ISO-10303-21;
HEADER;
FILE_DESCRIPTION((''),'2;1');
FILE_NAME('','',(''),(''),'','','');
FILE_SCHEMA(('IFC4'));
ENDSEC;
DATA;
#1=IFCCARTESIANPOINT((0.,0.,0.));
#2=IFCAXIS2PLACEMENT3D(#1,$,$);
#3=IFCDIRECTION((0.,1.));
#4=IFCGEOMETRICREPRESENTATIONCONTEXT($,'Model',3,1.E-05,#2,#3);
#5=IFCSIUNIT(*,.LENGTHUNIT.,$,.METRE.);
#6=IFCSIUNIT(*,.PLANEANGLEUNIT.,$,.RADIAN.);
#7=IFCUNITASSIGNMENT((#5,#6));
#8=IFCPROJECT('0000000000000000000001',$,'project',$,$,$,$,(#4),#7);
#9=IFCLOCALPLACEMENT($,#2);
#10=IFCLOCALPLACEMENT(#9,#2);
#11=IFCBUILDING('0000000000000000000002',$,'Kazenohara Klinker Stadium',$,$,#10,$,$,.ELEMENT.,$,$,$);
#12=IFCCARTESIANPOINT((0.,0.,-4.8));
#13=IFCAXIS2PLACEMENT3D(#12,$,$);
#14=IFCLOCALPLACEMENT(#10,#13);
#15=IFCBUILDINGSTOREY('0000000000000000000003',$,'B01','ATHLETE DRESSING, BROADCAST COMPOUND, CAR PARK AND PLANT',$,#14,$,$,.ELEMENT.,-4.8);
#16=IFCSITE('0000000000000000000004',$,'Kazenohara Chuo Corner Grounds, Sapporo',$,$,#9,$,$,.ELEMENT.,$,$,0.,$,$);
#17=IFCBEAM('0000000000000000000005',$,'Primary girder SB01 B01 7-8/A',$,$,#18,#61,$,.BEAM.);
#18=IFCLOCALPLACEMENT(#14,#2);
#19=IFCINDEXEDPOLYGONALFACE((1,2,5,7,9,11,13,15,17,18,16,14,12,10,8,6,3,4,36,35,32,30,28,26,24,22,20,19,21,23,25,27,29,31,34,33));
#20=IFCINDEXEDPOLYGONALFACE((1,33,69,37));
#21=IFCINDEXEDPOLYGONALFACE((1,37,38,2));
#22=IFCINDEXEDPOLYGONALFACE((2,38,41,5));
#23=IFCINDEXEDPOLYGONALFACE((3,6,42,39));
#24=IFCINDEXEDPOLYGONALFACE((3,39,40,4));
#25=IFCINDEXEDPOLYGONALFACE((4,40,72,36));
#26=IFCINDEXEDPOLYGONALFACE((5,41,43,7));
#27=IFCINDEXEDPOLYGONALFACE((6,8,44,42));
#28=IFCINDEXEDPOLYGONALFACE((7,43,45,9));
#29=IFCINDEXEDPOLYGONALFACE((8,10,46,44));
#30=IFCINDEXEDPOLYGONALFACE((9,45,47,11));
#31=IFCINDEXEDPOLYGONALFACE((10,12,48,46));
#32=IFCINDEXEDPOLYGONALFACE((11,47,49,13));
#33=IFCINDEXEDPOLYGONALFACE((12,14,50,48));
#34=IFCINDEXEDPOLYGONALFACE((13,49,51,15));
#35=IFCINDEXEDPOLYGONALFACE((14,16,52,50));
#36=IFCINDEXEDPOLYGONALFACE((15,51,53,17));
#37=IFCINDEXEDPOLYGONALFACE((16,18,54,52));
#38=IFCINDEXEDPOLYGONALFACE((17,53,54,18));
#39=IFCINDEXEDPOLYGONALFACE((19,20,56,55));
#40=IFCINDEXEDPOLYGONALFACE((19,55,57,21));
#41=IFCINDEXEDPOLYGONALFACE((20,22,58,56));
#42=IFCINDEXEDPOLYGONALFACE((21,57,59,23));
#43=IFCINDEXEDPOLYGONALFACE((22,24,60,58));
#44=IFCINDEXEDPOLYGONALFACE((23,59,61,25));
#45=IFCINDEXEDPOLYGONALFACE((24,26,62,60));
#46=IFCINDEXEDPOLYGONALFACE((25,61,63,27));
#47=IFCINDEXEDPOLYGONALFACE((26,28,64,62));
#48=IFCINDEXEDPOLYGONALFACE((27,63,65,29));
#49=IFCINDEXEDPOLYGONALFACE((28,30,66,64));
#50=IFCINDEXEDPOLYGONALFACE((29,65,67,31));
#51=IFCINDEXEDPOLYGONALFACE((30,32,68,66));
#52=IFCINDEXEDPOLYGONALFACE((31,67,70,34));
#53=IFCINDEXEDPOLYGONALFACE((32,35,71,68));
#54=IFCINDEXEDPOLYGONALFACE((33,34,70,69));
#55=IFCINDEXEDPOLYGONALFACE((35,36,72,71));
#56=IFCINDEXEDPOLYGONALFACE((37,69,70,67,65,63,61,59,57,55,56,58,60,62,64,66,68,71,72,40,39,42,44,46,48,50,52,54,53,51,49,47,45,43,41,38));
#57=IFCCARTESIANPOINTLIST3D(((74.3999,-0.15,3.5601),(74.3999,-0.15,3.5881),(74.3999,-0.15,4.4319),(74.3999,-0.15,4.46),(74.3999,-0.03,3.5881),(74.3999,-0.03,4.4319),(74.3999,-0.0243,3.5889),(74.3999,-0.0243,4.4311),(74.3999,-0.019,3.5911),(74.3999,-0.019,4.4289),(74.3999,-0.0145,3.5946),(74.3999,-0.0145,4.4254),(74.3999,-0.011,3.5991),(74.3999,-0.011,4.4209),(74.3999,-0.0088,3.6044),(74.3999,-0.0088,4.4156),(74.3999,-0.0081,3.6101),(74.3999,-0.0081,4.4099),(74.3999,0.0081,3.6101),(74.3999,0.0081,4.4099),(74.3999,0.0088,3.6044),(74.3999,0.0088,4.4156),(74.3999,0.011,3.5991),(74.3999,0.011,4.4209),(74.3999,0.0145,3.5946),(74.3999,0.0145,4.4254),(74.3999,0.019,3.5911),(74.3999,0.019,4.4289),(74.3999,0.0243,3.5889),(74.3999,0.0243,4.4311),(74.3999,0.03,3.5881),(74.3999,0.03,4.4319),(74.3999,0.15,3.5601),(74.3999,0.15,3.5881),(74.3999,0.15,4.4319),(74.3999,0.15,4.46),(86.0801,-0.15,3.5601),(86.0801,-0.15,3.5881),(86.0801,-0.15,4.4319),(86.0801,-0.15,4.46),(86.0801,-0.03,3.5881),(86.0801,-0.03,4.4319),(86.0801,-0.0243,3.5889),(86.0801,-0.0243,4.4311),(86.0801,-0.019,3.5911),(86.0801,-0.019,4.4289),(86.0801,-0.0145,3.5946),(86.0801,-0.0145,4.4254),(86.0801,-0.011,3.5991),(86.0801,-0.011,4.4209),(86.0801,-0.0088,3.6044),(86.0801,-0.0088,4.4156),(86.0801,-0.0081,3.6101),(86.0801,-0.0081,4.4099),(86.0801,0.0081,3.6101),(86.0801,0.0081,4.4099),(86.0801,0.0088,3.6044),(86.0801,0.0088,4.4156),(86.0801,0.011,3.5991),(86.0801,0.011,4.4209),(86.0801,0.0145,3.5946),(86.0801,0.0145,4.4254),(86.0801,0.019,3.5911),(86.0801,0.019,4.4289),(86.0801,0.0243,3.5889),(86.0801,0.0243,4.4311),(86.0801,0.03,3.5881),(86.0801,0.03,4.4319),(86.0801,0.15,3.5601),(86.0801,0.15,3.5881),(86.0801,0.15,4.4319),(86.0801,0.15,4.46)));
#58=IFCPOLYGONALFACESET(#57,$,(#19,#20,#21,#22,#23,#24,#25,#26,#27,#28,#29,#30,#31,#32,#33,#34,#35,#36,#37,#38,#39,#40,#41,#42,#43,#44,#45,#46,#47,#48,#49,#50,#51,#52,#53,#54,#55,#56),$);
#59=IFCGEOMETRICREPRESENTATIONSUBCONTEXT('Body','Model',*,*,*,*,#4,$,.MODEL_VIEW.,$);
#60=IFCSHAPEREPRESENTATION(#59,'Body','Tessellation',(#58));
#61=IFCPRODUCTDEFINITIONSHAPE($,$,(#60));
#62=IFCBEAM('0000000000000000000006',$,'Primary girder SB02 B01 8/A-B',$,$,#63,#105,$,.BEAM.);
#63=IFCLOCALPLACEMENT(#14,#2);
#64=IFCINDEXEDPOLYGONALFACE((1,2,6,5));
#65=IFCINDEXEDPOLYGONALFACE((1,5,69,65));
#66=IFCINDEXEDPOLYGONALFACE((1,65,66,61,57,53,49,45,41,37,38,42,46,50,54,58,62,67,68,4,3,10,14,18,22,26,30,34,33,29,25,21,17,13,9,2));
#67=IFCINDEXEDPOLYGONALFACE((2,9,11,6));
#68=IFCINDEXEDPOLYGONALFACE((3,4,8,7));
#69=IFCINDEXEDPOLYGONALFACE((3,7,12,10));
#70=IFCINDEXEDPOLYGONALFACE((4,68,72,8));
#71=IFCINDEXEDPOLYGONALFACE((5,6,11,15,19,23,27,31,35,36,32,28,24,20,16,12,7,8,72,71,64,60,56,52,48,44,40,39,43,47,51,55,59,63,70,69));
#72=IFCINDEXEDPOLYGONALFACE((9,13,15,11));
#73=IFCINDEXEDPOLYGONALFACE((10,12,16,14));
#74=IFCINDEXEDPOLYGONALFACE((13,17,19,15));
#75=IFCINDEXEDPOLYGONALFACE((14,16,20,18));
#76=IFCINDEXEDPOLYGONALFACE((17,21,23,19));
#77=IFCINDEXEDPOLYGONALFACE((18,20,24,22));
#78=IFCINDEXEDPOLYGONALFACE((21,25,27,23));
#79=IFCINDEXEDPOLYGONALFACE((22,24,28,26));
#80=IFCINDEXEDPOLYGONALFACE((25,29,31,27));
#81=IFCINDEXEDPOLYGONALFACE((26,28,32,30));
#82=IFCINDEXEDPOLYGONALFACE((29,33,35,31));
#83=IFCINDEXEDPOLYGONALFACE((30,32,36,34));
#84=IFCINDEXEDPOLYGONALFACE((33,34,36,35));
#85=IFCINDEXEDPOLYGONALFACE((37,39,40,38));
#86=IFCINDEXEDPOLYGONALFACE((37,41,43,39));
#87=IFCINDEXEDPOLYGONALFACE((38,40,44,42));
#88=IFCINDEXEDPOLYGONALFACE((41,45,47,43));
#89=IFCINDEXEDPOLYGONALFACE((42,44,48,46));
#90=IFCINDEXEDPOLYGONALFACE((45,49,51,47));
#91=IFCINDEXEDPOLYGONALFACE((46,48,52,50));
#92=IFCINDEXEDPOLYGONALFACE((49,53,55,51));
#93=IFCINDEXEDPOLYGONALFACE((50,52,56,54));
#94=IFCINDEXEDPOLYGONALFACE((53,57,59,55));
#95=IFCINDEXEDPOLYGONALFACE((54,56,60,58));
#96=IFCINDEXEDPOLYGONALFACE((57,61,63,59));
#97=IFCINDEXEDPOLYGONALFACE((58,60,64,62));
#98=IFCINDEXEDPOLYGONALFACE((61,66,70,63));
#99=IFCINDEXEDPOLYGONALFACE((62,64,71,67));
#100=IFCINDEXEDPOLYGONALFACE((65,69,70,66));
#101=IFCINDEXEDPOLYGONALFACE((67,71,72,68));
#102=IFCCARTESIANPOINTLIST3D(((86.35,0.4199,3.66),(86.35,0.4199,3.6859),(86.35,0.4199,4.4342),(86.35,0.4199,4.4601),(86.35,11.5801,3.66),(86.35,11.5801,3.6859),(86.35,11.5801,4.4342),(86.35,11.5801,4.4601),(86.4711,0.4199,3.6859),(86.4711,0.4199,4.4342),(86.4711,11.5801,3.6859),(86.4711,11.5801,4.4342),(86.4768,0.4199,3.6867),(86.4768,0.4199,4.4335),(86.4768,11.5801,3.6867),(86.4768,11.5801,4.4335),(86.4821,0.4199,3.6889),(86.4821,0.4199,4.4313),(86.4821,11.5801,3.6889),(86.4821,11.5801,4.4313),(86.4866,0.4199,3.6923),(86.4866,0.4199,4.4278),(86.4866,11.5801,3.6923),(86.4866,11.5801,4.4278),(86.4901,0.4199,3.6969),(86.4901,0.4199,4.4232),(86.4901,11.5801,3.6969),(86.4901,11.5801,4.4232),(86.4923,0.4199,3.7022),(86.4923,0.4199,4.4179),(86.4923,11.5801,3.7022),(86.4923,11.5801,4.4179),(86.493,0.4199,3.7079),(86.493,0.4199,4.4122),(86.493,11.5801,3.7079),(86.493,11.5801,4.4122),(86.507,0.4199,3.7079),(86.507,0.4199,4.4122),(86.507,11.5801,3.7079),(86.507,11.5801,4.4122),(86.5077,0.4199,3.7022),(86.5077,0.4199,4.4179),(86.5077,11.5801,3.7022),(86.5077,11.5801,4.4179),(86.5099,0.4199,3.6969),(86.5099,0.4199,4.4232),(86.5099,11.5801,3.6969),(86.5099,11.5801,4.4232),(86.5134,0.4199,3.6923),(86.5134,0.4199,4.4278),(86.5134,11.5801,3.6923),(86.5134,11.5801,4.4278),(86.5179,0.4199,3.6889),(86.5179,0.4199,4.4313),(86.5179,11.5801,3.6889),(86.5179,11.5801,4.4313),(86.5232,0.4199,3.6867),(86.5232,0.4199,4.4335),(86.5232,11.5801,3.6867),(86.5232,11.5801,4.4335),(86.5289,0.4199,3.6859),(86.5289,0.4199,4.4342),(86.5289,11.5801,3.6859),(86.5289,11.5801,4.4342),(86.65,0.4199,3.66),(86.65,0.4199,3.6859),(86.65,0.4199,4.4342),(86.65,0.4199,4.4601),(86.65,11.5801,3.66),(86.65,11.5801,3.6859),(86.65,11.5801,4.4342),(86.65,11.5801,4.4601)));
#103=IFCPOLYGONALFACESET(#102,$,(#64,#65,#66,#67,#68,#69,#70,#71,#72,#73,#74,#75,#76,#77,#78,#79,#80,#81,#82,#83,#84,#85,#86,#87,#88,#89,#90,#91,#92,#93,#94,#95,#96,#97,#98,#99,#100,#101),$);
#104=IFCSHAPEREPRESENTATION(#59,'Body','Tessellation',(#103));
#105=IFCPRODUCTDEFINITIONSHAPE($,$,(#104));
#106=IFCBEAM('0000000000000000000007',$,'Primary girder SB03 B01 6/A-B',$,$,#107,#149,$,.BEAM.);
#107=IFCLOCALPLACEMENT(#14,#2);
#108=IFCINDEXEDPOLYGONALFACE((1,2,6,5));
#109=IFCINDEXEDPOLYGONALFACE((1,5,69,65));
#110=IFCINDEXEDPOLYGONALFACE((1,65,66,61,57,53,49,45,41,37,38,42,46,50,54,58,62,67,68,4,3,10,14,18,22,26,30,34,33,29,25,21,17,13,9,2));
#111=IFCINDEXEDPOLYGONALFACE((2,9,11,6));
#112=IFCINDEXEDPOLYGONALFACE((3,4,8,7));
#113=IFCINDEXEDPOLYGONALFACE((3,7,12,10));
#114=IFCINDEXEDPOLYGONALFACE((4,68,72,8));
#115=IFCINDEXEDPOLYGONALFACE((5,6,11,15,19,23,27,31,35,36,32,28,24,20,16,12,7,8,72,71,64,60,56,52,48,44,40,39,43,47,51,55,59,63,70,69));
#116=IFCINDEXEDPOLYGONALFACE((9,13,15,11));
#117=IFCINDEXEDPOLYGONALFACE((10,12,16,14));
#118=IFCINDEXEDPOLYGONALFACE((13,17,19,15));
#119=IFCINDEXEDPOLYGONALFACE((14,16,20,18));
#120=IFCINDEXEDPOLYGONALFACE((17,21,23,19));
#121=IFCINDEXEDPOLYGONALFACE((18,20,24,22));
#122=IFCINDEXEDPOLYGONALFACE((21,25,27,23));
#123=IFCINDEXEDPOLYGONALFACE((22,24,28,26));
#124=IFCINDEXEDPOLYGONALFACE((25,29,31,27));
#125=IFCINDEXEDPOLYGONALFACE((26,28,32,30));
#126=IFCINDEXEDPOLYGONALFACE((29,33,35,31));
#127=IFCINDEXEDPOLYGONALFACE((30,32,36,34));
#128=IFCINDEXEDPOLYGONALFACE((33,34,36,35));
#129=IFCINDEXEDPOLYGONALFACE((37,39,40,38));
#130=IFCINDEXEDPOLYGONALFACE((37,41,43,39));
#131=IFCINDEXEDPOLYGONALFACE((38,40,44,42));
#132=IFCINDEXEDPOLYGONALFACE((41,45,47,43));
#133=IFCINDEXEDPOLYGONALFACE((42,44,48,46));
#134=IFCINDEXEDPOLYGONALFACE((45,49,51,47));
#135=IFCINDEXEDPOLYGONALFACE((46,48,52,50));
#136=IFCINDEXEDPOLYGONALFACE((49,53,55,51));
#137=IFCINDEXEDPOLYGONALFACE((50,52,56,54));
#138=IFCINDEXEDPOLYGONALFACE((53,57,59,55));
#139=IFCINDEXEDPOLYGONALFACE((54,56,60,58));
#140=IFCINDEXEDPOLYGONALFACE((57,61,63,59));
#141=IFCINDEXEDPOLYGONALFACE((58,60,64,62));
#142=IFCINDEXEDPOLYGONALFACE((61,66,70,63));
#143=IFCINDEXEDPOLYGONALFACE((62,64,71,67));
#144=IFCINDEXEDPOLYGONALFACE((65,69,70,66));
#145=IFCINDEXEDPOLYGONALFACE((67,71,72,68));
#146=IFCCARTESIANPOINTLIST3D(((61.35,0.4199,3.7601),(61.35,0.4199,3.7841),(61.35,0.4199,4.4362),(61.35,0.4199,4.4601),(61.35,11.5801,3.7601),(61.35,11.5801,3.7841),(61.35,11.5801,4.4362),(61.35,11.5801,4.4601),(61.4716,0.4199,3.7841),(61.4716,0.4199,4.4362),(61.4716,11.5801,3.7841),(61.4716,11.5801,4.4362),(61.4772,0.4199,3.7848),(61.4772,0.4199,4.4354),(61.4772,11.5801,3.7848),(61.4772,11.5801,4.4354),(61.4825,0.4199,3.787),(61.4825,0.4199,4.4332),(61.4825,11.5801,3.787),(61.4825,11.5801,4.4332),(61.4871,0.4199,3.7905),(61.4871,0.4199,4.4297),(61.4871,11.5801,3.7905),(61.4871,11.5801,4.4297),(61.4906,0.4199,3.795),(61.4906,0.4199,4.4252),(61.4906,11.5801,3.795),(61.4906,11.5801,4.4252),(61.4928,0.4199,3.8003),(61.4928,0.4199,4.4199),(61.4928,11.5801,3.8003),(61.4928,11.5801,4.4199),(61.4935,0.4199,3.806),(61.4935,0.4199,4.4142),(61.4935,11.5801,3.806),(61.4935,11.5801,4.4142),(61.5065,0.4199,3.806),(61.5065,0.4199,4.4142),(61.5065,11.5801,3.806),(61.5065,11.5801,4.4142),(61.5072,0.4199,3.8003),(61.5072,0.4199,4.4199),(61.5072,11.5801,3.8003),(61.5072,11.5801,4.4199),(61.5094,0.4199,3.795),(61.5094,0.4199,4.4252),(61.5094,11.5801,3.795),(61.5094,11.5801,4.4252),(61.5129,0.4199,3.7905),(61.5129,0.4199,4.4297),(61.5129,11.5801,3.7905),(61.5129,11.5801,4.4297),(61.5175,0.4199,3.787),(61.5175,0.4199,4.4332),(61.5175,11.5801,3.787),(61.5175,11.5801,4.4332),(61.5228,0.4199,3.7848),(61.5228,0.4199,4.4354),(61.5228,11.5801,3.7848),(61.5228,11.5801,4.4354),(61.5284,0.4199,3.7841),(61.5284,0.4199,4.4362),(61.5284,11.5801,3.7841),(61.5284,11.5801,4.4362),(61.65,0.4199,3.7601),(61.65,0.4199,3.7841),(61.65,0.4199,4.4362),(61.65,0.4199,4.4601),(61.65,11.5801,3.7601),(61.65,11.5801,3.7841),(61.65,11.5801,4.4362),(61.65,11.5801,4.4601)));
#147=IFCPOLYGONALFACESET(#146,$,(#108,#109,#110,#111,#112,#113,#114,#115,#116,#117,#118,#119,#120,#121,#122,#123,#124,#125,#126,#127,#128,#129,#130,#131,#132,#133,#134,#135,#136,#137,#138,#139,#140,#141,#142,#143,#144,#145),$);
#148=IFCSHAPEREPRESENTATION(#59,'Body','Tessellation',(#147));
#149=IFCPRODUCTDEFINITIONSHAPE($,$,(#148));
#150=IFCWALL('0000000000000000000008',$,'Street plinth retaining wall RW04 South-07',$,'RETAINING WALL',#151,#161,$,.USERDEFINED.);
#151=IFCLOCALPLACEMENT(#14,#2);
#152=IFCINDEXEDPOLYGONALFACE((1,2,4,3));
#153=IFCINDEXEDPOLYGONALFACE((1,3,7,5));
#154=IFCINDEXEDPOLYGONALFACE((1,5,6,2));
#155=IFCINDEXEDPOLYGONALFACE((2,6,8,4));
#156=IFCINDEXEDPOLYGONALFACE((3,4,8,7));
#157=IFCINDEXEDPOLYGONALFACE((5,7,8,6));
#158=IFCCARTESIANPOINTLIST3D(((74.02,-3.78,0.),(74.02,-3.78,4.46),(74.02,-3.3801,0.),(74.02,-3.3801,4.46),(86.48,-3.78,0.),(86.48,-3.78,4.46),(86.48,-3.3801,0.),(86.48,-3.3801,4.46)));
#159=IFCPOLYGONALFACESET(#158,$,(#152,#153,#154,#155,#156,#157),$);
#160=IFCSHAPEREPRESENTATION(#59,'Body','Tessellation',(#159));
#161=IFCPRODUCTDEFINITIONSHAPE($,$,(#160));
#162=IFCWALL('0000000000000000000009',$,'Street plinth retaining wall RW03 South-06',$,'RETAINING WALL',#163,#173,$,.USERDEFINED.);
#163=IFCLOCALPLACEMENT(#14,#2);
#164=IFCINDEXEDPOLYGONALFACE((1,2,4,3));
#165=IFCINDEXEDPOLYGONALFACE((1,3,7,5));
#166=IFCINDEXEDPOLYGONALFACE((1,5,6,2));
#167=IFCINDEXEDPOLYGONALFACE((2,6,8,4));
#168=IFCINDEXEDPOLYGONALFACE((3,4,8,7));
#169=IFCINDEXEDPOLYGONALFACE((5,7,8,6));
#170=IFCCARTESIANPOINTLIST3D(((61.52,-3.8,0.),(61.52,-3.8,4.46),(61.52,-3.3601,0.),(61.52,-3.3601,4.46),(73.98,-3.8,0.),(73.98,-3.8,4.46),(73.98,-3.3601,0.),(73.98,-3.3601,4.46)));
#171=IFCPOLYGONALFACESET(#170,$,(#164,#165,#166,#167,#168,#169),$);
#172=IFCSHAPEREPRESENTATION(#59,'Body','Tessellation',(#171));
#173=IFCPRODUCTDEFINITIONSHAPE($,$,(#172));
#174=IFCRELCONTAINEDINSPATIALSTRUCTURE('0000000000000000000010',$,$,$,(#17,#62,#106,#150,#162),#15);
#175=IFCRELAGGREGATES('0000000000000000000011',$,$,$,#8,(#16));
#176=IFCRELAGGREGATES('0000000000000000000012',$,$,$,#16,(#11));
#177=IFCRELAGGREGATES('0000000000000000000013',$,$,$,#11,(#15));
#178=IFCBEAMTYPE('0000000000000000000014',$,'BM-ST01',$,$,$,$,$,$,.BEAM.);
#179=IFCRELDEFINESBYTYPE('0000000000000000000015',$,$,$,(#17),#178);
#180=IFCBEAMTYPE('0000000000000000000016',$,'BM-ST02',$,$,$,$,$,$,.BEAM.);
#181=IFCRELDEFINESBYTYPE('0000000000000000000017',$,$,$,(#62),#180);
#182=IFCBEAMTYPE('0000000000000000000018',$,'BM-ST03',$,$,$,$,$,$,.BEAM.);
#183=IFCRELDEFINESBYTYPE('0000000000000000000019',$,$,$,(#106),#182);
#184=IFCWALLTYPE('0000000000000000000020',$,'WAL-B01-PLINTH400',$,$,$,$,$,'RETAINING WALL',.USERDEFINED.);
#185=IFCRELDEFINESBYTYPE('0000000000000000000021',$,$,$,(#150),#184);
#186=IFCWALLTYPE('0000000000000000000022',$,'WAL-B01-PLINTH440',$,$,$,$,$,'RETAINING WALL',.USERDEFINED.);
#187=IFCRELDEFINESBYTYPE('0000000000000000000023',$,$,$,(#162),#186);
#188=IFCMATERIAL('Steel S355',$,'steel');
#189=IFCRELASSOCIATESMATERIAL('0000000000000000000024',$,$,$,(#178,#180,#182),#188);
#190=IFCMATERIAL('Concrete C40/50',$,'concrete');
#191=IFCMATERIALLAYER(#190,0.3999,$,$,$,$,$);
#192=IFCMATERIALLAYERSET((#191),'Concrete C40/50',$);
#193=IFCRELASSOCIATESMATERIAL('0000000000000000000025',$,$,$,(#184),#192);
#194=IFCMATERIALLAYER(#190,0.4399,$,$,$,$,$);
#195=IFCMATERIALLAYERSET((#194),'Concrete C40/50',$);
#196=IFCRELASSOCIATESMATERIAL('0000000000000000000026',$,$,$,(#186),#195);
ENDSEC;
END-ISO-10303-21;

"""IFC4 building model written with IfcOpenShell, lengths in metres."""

from ifc_helpers import new_model, si_unit, direction, frame, frame_2d, origin, origin_2d, place, context, subcontext, project, spatial, rectangle, i_section, extrude, material, layer, layer_set, material_profile, profile_set, type_object, element, save


model = new_model("IFC4")

# Units and contexts
model_context = context("Model", 3, precision=1e-05, world=origin(), true_north=direction((0.0, 1.0)))
body_context = subcontext(model_context, "Body", "Model", "MODEL_VIEW")
ifc_project = project(units=[si_unit("LENGTHUNIT", "METRE"), si_unit("PLANEANGLEUNIT", "RADIAN")], contexts=[model_context])

# Site, building, storey
site_placement = place(None, origin())
site = spatial("IfcSite", under=ifc_project, at=site_placement, Name="Kazenohara Chuo Corner Grounds, Sapporo", CompositionType="ELEMENT", RefElevation=0.0)
building_placement = place(site_placement, origin())
building = spatial("IfcBuilding", under=site, at=building_placement, Name="Kazenohara Klinker Stadium", CompositionType="ELEMENT")
storey_placement = place(building_placement, frame((0.0, 0.0, -4.8)))
storey = spatial("IfcBuildingStorey", under=building, at=storey_placement, Name="B01", Description="ATHLETE DRESSING, BROADCAST COMPOUND, CAR PARK AND PLANT", CompositionType="ELEMENT", Elevation=-4.8)

# Shared definitions
ifc_material_1 = material(Name="Concrete C40/50", Category="concrete")

# Beams
ifc_material_2 = material(Name="Steel S355", Category="steel")
ifc_material_profile_1 = material_profile(ifc_material_2, i_section(OverallWidth=0.3, OverallDepth=0.8999, WebThickness=0.0161, FlangeThickness=0.0281, FilletRadius=0.022, at=origin_2d()), Name="H-900x300x16x28")
ifc_profile_set_1 = profile_set([ifc_material_profile_1], Name="Steel S355")
beam_type_1 = type_object("IfcBeamType", Name="BM-ST01", PredefinedType="BEAM", material=ifc_profile_set_1)
for number, where, z_axis, x_axis, name in (
    (1, (74.3999, 0.0, 4.01), (1.0, 0.0, 0.0), (0.0, 1.0, 0.0), "Primary girder SB01 B01 7-8/A"),
):
    element("IfcBeam", number, at=place(storey_placement, frame(where, z_axis=z_axis, x_axis=x_axis)), inside=storey, type_object=beam_type_1, Name=name, PredefinedType="BEAM", context=body_context, shape_type="SweptSolid", body=[
        extrude(i_section(OverallWidth=0.3, OverallDepth=0.8999, WebThickness=0.0161, FlangeThickness=0.0281, FilletRadius=0.022, at=origin_2d()), origin(), (0.0, 0.0, 1.0), 11.6802),
    ])
ifc_material_profile_2 = material_profile(ifc_material_2, i_section(OverallWidth=0.3, OverallDepth=0.8, WebThickness=0.0139, FlangeThickness=0.0259, FilletRadius=0.022, at=origin_2d()), Name="H-800x300x14x26")
ifc_profile_set_2 = profile_set([ifc_material_profile_2], Name="Steel S355")
beam_type_2 = type_object("IfcBeamType", Name="BM-ST02", PredefinedType="BEAM", material=ifc_profile_set_2)
beam_1_placement = place(storey_placement, frame((86.5, 0.4199, 4.0601), z_axis=(0.0, 1.0, 0.0), x_axis=(-1.0, 0.0, 0.0)))
element("IfcBeam", 2, at=beam_1_placement, inside=storey, type_object=beam_type_2, Name="Primary girder SB02 B01 8/A-B", PredefinedType="BEAM", context=body_context, shape_type="SweptSolid", body=[
    extrude(i_section(OverallWidth=0.3, OverallDepth=0.8, WebThickness=0.0139, FlangeThickness=0.0259, FilletRadius=0.022, at=origin_2d()), origin(), (0.0, 0.0, 1.0), 11.1602),
])
ifc_material_profile_3 = material_profile(ifc_material_2, i_section(OverallWidth=0.3, OverallDepth=0.7, WebThickness=0.0129, FlangeThickness=0.0239, FilletRadius=0.022, at=origin_2d()), Name="H-700x300x13x24")
ifc_profile_set_3 = profile_set([ifc_material_profile_3], Name="Steel S355")
beam_type_3 = type_object("IfcBeamType", Name="BM-ST03", PredefinedType="BEAM", material=ifc_profile_set_3)
beam_2_placement = place(storey_placement, frame((61.5, 0.4199, 4.1101), z_axis=(0.0, 1.0, 0.0), x_axis=(-1.0, 0.0, 0.0)))
element("IfcBeam", 3, at=beam_2_placement, inside=storey, type_object=beam_type_3, Name="Primary girder SB03 B01 6/A-B", PredefinedType="BEAM", context=body_context, shape_type="SweptSolid", body=[
    extrude(i_section(OverallWidth=0.3, OverallDepth=0.7, WebThickness=0.0129, FlangeThickness=0.0239, FilletRadius=0.022, at=origin_2d()), origin(), (0.0, 0.0, 1.0), 11.1602),
])

# Walls
ifc_layer_1 = layer(ifc_material_1, 0.3999)
ifc_layer_set_1 = layer_set([ifc_layer_1], Name="Concrete C40/50")
wall_type_1 = type_object("IfcWallType", Name="WAL-B01-PLINTH400", ElementType="RETAINING WALL", PredefinedType="USERDEFINED", material=ifc_layer_set_1)
wall_1_placement = place(storey_placement, frame((74.02, -3.5801, 0.0), z_axis=(0.0, 0.0, 1.0), x_axis=(1.0, 0.0, 0.0)))
element("IfcWall", 4, at=wall_1_placement, inside=storey, type_object=wall_type_1, Name="Street plinth retaining wall RW04 South-07", ObjectType="RETAINING WALL", PredefinedType="USERDEFINED", context=body_context, shape_type="SweptSolid", body=[
    extrude(rectangle(XDim=12.46, YDim=0.3999, at=frame_2d((6.23, 0.0))), origin(), (0.0, 0.0, 1.0), 4.46),
])
ifc_layer_2 = layer(ifc_material_1, 0.4399)
ifc_layer_set_2 = layer_set([ifc_layer_2], Name="Concrete C40/50")
wall_type_2 = type_object("IfcWallType", Name="WAL-B01-PLINTH440", ElementType="RETAINING WALL", PredefinedType="USERDEFINED", material=ifc_layer_set_2)
wall_2_placement = place(storey_placement, frame((61.52, -3.5801, 0.0), z_axis=(0.0, 0.0, 1.0), x_axis=(1.0, 0.0, 0.0)))
element("IfcWall", 5, at=wall_2_placement, inside=storey, type_object=wall_type_2, Name="Street plinth retaining wall RW03 South-06", ObjectType="RETAINING WALL", PredefinedType="USERDEFINED", context=body_context, shape_type="SweptSolid", body=[
    extrude(rectangle(XDim=12.46, YDim=0.4399, at=frame_2d((6.23, 0.0))), origin(), (0.0, 0.0, 1.0), 4.46),
])

save(model, "model.ifc")
